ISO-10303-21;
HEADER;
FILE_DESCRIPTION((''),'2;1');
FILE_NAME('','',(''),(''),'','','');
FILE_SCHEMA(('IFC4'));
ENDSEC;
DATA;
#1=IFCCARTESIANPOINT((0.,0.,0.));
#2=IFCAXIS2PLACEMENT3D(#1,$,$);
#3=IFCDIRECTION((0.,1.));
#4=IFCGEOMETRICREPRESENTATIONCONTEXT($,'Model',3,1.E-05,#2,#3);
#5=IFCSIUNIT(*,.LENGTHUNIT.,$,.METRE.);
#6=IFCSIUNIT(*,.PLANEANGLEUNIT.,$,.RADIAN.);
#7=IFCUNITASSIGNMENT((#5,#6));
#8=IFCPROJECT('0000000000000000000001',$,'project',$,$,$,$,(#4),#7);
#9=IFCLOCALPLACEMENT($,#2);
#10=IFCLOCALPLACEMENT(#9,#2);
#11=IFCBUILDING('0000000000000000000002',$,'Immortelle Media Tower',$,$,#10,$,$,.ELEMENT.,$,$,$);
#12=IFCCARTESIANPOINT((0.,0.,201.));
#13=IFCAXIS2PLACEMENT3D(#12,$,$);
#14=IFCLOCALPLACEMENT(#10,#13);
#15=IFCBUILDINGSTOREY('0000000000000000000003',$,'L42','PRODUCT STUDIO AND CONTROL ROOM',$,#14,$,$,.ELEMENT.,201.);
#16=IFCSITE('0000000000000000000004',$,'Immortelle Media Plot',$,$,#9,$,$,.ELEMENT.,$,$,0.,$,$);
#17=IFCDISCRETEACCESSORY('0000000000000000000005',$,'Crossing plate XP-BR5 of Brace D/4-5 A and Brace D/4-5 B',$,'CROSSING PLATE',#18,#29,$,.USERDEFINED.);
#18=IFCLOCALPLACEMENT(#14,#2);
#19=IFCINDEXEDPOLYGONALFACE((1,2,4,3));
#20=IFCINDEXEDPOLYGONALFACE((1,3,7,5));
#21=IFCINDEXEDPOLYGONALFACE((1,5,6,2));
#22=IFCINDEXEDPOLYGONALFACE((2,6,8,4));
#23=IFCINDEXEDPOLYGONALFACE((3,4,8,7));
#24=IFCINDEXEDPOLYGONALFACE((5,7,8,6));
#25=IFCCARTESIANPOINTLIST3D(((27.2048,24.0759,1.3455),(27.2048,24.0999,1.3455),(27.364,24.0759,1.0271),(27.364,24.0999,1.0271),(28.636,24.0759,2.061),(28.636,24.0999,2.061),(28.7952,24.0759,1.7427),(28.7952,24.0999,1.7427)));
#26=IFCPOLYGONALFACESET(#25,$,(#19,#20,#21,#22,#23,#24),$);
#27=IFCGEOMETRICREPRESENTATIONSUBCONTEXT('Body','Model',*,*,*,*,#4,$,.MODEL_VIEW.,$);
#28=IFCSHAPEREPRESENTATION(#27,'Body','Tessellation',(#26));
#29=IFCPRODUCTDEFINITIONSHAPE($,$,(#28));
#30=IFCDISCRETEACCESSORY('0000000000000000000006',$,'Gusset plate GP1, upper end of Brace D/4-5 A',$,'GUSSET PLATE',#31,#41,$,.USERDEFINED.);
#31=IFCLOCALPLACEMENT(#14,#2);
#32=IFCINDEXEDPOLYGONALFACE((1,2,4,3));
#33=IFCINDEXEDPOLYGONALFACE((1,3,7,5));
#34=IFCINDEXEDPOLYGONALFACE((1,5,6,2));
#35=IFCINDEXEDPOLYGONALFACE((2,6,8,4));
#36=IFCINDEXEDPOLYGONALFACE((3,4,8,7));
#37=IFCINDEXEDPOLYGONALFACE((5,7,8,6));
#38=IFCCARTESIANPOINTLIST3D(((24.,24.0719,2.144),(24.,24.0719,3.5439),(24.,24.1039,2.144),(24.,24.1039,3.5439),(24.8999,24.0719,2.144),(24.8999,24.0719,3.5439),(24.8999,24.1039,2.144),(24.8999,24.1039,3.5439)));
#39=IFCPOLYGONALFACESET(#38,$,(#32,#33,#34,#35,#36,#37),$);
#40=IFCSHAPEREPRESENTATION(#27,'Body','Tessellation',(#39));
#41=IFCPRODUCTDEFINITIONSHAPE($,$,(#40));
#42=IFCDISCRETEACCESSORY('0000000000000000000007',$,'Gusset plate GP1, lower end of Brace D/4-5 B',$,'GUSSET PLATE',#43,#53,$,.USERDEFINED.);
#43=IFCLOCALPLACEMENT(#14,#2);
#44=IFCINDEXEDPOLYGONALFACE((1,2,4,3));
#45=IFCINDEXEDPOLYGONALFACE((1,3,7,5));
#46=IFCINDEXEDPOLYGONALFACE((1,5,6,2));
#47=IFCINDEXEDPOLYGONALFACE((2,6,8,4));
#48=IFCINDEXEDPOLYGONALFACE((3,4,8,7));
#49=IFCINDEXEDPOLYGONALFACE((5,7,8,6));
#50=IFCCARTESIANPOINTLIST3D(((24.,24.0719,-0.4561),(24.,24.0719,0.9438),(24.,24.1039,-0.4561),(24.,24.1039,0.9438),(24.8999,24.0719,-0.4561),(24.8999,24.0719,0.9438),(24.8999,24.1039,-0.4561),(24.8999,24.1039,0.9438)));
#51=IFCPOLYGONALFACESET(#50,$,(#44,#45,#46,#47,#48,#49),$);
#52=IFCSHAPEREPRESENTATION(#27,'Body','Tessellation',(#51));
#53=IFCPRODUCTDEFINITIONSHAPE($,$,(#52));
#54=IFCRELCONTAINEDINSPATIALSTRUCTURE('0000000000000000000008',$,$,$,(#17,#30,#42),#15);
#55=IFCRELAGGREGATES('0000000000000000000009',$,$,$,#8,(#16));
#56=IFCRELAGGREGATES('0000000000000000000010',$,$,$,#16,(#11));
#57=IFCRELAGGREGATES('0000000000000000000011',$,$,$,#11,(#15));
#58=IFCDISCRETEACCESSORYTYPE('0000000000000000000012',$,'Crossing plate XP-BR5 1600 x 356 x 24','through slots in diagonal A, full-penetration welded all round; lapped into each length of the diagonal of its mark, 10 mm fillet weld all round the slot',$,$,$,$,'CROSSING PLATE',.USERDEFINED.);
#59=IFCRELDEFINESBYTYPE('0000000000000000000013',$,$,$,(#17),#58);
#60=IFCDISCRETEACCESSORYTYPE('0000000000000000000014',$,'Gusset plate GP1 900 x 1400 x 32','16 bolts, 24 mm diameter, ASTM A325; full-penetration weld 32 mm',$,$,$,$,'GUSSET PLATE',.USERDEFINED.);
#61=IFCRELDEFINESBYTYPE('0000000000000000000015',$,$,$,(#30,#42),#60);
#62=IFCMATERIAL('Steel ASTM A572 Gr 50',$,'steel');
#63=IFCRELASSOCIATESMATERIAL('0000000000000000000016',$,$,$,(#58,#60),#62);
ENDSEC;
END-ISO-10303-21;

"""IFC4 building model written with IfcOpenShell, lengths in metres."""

from ifc_helpers import new_model, si_unit, direction, frame, origin, origin_2d, place, context, subcontext, project, spatial, rectangle, extrude, material, material_profile, profile_set, type_object, element, save


model = new_model("IFC4")

# Units and contexts
model_context = context("Model", 3, precision=1e-05, world=origin(), true_north=direction((0.0, 1.0)))
body_context = subcontext(model_context, "Body", "Model", "MODEL_VIEW")
ifc_project = project(units=[si_unit("LENGTHUNIT", "METRE"), si_unit("PLANEANGLEUNIT", "RADIAN")], contexts=[model_context])

# Site, building, storey
site_placement = place(None, origin())
site = spatial("IfcSite", under=ifc_project, at=site_placement, Name="Immortelle Media Plot", CompositionType="ELEMENT", RefElevation=0.0)
building_placement = place(site_placement, origin())
building = spatial("IfcBuilding", under=site, at=building_placement, Name="Immortelle Media Tower", CompositionType="ELEMENT")
storey_placement = place(building_placement, frame((0.0, 0.0, 201.0)))
storey = spatial("IfcBuildingStorey", under=building, at=storey_placement, Name="L42", Description="PRODUCT STUDIO AND CONTROL ROOM", CompositionType="ELEMENT", Elevation=201.0)

# Discrete accessories
ifc_material_1 = material(Name="Steel ASTM A572 Gr 50", Category="steel")
ifc_material_profile_1 = material_profile(ifc_material_1, rectangle(XDim=0.0239, YDim=0.356, at=origin_2d()), Name="PL 24 x 356")
ifc_profile_set_1 = profile_set([ifc_material_profile_1], Name="Steel ASTM A572 Gr 50")
discrete_accessory_type_1 = type_object("IfcDiscreteAccessoryType", Name="Crossing plate XP-BR5 1600 x 356 x 24", Description="through slots in diagonal A, full-penetration welded all round; lapped into each length of the diagonal of its mark, 10 mm fillet weld all round the slot", ElementType="CROSSING PLATE", PredefinedType="USERDEFINED", material=ifc_profile_set_1)
discrete_accessory_placement = place(storey_placement, frame((28.7156, 24.0879, 1.9019), z_axis=(-0.894427, 0.0, -0.447214), x_axis=(0.0, -1.0, 0.0)))
element("IfcDiscreteAccessory", 1, at=discrete_accessory_placement, inside=storey, type_object=discrete_accessory_type_1, Name="Crossing plate XP-BR5 of Brace D/4-5 A and Brace D/4-5 B", ObjectType="CROSSING PLATE", PredefinedType="USERDEFINED", context=body_context, shape_type="SweptSolid", body=[
    extrude(rectangle(XDim=0.0239, YDim=0.356, at=origin_2d()), origin(), (0.0, 0.0, 1.0), 1.6001),
])
ifc_material_profile_2 = material_profile(ifc_material_1, rectangle(XDim=0.032, YDim=1.3999, at=origin_2d()), Name="PL 32 x 1400")
ifc_profile_set_2 = profile_set([ifc_material_profile_2], Name="Steel ASTM A572 Gr 50")
discrete_accessory_type_2 = type_object("IfcDiscreteAccessoryType", Name="Gusset plate GP1 900 x 1400 x 32", Description="16 bolts, 24 mm diameter, ASTM A325; full-penetration weld 32 mm", ElementType="GUSSET PLATE", PredefinedType="USERDEFINED", material=ifc_profile_set_2)
for number, where, z_axis, x_axis, name in (
    (2, (24.0, 24.0879, 2.844), (1.0, 0.0, 0.0), (0.0, 1.0, 0.0), "Gusset plate GP1, upper end of Brace D/4-5 A"),
    (3, (24.0, 24.0879, 0.2439), (1.0, 0.0, 0.0), (0.0, 1.0, 0.0), "Gusset plate GP1, lower end of Brace D/4-5 B"),
):
    element("IfcDiscreteAccessory", number, at=place(storey_placement, frame(where, z_axis=z_axis, x_axis=x_axis)), inside=storey, type_object=discrete_accessory_type_2, Name=name, ObjectType="GUSSET PLATE", PredefinedType="USERDEFINED", context=body_context, shape_type="SweptSolid", body=[
        extrude(rectangle(XDim=0.032, YDim=1.3999, at=origin_2d()), origin(), (0.0, 0.0, 1.0), 0.8999),
    ])

save(model, "model.ifc")
